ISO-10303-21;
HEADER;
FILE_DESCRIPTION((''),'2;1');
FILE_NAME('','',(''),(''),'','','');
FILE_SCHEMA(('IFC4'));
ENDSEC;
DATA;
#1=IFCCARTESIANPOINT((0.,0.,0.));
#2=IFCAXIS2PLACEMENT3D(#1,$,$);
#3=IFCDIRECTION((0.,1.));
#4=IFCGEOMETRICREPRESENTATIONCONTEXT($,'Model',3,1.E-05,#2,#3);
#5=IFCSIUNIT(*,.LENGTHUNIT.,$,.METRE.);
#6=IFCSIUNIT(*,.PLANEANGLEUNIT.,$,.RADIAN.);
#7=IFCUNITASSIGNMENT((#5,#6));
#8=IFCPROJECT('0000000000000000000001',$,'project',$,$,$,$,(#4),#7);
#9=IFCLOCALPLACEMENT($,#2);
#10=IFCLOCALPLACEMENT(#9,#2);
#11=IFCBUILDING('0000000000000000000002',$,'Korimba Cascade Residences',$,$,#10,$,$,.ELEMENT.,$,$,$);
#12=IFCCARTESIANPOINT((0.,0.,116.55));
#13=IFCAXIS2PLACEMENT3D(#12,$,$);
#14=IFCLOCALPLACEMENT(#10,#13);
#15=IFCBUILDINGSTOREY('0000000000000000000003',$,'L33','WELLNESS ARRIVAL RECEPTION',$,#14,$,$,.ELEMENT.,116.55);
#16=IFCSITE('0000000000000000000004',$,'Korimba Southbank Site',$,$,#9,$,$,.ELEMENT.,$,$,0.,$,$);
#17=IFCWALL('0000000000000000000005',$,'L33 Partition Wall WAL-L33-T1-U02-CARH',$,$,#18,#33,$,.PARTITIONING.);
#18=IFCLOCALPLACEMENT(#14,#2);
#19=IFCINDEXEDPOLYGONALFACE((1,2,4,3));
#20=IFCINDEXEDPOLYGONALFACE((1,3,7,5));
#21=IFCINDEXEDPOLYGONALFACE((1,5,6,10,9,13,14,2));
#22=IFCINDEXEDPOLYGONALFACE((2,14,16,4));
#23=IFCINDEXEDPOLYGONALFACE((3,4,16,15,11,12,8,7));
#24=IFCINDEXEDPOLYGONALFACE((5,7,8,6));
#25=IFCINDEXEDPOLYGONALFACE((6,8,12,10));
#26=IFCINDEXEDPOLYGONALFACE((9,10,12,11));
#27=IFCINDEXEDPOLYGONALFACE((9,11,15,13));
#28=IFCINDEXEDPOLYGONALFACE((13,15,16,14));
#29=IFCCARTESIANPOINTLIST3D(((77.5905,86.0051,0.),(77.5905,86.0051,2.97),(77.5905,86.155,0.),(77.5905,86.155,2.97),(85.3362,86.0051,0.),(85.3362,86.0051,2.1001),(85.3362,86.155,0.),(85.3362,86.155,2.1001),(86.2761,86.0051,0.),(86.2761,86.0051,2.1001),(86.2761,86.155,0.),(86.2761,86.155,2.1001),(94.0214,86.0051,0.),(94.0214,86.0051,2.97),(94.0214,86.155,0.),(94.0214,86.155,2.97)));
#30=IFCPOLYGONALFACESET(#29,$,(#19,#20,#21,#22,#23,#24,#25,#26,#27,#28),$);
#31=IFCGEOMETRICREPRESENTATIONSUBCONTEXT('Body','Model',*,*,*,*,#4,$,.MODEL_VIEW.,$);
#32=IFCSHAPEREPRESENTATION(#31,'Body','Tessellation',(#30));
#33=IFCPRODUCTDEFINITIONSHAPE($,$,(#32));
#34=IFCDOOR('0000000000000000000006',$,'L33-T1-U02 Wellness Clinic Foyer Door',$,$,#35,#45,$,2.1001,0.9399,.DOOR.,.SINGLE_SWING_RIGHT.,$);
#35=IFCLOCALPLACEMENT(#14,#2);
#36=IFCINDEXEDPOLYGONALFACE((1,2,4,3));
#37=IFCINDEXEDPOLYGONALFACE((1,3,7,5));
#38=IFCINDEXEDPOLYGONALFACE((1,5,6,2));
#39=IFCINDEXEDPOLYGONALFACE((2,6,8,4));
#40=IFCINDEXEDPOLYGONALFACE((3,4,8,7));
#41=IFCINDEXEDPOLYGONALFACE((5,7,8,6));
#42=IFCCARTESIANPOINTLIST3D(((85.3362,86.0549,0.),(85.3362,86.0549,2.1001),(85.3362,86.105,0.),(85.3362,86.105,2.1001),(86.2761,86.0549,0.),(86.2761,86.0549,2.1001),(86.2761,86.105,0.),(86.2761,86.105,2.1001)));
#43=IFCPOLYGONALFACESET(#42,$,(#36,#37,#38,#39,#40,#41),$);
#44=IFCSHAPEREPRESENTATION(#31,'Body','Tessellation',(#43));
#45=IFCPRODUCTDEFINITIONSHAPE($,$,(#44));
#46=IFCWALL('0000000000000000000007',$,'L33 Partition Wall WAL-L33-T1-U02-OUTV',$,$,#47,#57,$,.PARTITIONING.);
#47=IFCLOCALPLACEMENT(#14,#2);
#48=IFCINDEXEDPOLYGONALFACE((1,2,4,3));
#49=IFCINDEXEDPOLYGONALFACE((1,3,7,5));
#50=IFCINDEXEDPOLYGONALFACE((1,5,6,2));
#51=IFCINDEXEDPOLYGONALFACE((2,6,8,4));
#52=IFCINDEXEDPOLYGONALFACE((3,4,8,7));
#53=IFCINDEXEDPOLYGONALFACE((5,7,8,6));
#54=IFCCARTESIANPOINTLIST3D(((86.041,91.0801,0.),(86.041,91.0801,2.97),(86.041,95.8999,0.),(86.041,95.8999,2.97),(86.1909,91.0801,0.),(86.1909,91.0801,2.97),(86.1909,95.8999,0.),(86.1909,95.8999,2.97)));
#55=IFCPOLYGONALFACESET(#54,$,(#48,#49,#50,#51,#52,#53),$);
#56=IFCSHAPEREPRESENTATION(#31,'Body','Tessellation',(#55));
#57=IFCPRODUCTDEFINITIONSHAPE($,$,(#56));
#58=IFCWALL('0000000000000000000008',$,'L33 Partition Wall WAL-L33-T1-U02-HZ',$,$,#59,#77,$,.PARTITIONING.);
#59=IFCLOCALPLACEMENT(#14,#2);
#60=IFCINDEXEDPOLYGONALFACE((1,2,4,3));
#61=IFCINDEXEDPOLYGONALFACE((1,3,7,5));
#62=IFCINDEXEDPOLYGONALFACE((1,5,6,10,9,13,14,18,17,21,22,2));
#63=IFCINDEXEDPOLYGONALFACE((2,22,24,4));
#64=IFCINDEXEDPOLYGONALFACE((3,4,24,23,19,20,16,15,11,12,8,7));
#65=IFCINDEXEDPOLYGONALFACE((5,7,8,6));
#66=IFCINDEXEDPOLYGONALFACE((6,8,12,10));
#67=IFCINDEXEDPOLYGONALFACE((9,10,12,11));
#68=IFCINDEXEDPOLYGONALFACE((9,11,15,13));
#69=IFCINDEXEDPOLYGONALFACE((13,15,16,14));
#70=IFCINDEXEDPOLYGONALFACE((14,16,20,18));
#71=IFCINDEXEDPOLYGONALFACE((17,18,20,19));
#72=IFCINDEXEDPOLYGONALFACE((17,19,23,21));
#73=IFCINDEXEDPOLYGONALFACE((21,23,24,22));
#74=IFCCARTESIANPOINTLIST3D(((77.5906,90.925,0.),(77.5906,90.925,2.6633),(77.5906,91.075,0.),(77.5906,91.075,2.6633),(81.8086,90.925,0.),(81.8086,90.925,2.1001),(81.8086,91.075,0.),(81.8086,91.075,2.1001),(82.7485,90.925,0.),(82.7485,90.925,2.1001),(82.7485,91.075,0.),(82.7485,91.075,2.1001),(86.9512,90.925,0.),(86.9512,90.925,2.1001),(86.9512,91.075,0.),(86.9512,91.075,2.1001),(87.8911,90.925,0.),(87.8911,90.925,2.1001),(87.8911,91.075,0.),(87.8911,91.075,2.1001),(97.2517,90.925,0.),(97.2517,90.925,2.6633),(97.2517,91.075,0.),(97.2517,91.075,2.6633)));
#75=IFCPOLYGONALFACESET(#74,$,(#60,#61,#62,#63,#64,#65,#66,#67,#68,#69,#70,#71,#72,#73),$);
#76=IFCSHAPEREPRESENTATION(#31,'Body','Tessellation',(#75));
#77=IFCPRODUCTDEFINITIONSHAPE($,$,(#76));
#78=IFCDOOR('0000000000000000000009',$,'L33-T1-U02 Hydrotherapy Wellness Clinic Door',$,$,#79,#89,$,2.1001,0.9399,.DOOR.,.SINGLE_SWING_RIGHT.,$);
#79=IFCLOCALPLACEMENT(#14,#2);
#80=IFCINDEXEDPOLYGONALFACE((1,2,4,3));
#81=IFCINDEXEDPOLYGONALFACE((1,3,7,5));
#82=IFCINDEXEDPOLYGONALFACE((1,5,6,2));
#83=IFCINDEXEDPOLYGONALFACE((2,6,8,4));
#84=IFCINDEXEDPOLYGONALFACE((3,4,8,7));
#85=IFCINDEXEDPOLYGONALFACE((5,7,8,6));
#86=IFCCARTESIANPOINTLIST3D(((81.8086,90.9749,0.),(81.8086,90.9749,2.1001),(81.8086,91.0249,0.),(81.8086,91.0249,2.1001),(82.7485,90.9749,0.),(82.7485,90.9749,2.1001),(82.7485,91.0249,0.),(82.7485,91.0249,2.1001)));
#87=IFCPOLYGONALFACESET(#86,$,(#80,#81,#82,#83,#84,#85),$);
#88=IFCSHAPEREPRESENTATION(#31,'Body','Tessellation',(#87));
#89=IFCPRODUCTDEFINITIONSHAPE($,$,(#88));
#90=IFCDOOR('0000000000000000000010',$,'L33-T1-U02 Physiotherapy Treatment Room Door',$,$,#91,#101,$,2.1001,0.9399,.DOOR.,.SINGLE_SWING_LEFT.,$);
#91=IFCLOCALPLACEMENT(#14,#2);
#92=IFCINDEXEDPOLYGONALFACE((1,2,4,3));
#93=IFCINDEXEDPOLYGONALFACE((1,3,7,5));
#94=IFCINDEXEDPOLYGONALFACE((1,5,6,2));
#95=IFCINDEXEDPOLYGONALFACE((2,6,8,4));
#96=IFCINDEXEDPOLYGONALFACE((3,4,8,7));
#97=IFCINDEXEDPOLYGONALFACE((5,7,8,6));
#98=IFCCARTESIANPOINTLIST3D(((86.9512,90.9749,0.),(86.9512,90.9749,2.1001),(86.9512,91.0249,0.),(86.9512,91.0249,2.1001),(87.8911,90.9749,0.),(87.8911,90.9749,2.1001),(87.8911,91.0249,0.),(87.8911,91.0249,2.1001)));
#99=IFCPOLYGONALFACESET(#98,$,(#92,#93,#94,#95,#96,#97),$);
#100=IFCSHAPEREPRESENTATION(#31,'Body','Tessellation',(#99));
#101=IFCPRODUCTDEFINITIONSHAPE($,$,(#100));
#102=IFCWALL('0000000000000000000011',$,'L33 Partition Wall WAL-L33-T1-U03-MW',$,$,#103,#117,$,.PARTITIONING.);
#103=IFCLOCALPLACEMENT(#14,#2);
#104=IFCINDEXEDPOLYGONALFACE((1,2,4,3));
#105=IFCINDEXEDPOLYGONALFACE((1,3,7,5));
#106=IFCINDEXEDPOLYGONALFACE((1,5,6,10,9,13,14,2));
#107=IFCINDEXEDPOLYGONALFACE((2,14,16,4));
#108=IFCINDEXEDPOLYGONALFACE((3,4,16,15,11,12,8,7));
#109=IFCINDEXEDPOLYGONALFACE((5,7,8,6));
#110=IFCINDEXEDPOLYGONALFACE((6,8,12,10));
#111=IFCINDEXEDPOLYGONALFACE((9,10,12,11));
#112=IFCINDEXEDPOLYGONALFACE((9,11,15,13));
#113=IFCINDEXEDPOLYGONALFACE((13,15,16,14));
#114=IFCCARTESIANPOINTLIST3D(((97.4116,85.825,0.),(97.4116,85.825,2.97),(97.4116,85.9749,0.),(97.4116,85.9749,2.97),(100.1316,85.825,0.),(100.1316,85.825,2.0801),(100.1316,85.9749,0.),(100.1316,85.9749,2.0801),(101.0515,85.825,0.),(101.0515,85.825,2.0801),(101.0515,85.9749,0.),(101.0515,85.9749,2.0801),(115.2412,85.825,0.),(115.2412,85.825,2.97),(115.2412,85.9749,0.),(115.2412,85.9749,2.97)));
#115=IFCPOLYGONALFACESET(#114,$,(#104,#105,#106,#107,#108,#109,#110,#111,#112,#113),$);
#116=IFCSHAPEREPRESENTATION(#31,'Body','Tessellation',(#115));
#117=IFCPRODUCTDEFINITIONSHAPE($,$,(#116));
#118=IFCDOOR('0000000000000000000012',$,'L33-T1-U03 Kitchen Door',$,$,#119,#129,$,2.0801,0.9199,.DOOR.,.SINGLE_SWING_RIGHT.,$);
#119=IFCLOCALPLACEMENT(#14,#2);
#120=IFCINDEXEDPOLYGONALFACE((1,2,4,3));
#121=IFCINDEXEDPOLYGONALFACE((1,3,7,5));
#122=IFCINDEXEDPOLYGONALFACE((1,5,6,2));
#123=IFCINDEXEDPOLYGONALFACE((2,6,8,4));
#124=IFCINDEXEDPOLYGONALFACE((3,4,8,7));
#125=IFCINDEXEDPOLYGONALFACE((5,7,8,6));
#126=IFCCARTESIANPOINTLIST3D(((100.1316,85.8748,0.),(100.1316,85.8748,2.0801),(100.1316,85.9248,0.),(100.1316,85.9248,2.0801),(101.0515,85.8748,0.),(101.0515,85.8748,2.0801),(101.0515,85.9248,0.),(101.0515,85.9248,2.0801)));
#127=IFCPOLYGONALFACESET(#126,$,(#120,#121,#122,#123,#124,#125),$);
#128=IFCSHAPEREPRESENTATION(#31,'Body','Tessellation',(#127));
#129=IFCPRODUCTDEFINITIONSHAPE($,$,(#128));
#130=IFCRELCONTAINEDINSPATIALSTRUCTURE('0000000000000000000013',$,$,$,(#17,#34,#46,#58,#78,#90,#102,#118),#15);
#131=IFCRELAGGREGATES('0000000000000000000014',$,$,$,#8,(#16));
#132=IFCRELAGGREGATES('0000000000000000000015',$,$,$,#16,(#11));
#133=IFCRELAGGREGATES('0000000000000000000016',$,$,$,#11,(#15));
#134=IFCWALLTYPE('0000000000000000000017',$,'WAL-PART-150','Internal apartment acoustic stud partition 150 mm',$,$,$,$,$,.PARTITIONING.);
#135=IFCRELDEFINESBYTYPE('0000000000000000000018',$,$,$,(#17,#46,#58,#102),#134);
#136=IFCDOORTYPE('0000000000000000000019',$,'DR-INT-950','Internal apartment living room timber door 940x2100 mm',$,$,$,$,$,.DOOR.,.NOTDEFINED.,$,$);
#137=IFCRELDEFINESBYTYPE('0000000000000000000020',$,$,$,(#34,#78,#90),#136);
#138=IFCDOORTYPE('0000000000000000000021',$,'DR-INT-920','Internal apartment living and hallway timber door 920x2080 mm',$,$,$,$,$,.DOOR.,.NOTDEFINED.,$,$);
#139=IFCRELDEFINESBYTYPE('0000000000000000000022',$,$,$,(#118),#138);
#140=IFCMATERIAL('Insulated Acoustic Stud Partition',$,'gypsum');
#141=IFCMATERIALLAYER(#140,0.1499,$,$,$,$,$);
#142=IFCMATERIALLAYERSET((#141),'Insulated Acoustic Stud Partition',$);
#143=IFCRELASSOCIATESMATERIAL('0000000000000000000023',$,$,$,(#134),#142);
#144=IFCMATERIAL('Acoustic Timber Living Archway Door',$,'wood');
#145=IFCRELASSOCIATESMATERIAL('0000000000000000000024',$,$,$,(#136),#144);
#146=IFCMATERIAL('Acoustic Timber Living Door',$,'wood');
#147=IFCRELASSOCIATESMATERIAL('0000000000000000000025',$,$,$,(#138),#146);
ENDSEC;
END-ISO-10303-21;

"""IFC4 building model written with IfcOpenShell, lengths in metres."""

from ifc_helpers import new_model, si_unit, direction, frame, frame_2d, origin, place, context, subcontext, project, spatial, rectangle, extrude, material, layer, layer_set, type_object, element, fill, save


model = new_model("IFC4")

# Units and contexts
model_context = context("Model", 3, precision=1e-05, world=origin(), true_north=direction((0.0, 1.0)))
body_context = subcontext(model_context, "Body", "Model", "MODEL_VIEW")
ifc_project = project(units=[si_unit("LENGTHUNIT", "METRE"), si_unit("PLANEANGLEUNIT", "RADIAN")], contexts=[model_context])

# Site, building, storey
site_placement = place(None, origin())
site = spatial("IfcSite", under=ifc_project, at=site_placement, Name="Korimba Southbank Site", CompositionType="ELEMENT", RefElevation=0.0)
building_placement = place(site_placement, origin())
building = spatial("IfcBuilding", under=site, at=building_placement, Name="Korimba Cascade Residences", CompositionType="ELEMENT")
storey_placement = place(building_placement, frame((0.0, 0.0, 116.55)))
storey = spatial("IfcBuildingStorey", under=building, at=storey_placement, Name="L33", Description="WELLNESS ARRIVAL RECEPTION", CompositionType="ELEMENT", Elevation=116.55)

# Wall, opening, door
ifc_material_1 = material(Name="Insulated Acoustic Stud Partition", Category="gypsum")
ifc_layer = layer(ifc_material_1, 0.1499)
ifc_layer_set = layer_set([ifc_layer], Name="Insulated Acoustic Stud Partition")
wall_type = type_object("IfcWallType", Name="WAL-PART-150", Description="Internal apartment acoustic stud partition 150 mm", PredefinedType="PARTITIONING", material=ifc_layer_set)
wall_1_placement = place(storey_placement, frame((77.5906, 86.0801, 0.0), z_axis=(0.0, 0.0, 1.0), x_axis=(1.0, 0.0, 0.0)))
wall_1 = element("IfcWall", 1, at=wall_1_placement, inside=storey, type_object=wall_type, Name="L33 Partition Wall WAL-L33-T1-U02-CARH", PredefinedType="PARTITIONING", context=body_context, shape_type="SweptSolid", body=[
    extrude(rectangle(XDim=16.4309, YDim=0.1499, at=frame_2d((8.2153, 0.0))), origin(), (0.0, 0.0, 1.0), 2.97),
])
opening_1_placement = place(wall_1_placement, frame((7.7456, 0.0, 0.0)))
opening_1 = element("IfcOpeningElement", 2, at=opening_1_placement, cuts=wall_1, PredefinedType="OPENING", context=body_context, shape_type="SweptSolid", body=[
    extrude(rectangle(XDim=0.9399, YDim=2.1001, at=frame_2d((0.47, 1.05))), frame((0.0, 0.085, 0.0), z_axis=(0.0, -1.0, 0.0), x_axis=(1.0, 0.0, 0.0)), (0.0, 0.0, 1.0), 0.1699),
])
ifc_material_2 = material(Name="Acoustic Timber Living Archway Door", Category="wood")
door_type_1 = type_object("IfcDoorType", Name="DR-INT-950", Description="Internal apartment living room timber door 940x2100 mm", OperationType="NOTDEFINED", PredefinedType="DOOR", material=ifc_material_2)
door_1_placement = place(opening_1_placement, origin())
door_1 = element("IfcDoor", 3, at=door_1_placement, inside=storey, type_object=door_type_1, Name="L33-T1-U02 Wellness Clinic Foyer Door", OperationType="SINGLE_SWING_RIGHT", OverallHeight=2.1001, OverallWidth=0.9399, PredefinedType="DOOR", context=body_context, shape_type="SweptSolid", body=[
    extrude(rectangle(XDim=0.9399, YDim=2.1001, at=frame_2d((0.47, 1.05))), frame((0.0, 0.0249, 0.0), z_axis=(0.0, -1.0, 0.0), x_axis=(1.0, 0.0, 0.0)), (0.0, 0.0, 1.0), 0.05),
])
fill(opening_1, door_1)

# Wall
wall_2_placement = place(storey_placement, frame((86.116, 91.0801, 0.0), z_axis=(0.0, 0.0, 1.0), x_axis=(0.0, 1.0, 0.0)))
element("IfcWall", 4, at=wall_2_placement, inside=storey, type_object=wall_type, Name="L33 Partition Wall WAL-L33-T1-U02-OUTV", PredefinedType="PARTITIONING", context=body_context, shape_type="SweptSolid", body=[
    extrude(rectangle(XDim=4.8198, YDim=0.1499, at=frame_2d((2.4099, 0.0))), origin(), (0.0, 0.0, 1.0), 2.97),
])

# Wall, openings, doors
wall_3_placement = place(storey_placement, frame((77.5906, 91.0, 0.0), z_axis=(0.0, 0.0, 1.0), x_axis=(1.0, 0.0, 0.0)))
wall_3 = element("IfcWall", 5, at=wall_3_placement, inside=storey, type_object=wall_type, Name="L33 Partition Wall WAL-L33-T1-U02-HZ", PredefinedType="PARTITIONING", context=body_context, shape_type="SweptSolid", body=[
    extrude(rectangle(XDim=19.6611, YDim=0.1499, at=frame_2d((9.8306, 0.0))), origin(), (0.0, 0.0, 1.0), 2.6633),
])
opening_2_placement = place(wall_3_placement, frame((4.218, 0.0, 0.0)))
opening_2 = element("IfcOpeningElement", 6, at=opening_2_placement, cuts=wall_3, PredefinedType="OPENING", context=body_context, shape_type="SweptSolid", body=[
    extrude(rectangle(XDim=0.9399, YDim=2.1001, at=frame_2d((0.47, 1.05))), frame((0.0, 0.085, 0.0), z_axis=(0.0, -1.0, 0.0), x_axis=(1.0, 0.0, 0.0)), (0.0, 0.0, 1.0), 0.1699),
])
opening_3_placement = place(wall_3_placement, frame((9.3606, 0.0, 0.0)))
opening_3 = element("IfcOpeningElement", 7, at=opening_3_placement, cuts=wall_3, PredefinedType="OPENING", context=body_context, shape_type="SweptSolid", body=[
    extrude(rectangle(XDim=0.9399, YDim=2.1001, at=frame_2d((0.47, 1.05))), frame((0.0, 0.085, 0.0), z_axis=(0.0, -1.0, 0.0), x_axis=(1.0, 0.0, 0.0)), (0.0, 0.0, 1.0), 0.1699),
])
door_2_placement = place(opening_2_placement, origin())
door_2 = element("IfcDoor", 8, at=door_2_placement, inside=storey, type_object=door_type_1, Name="L33-T1-U02 Hydrotherapy Wellness Clinic Door", OperationType="SINGLE_SWING_RIGHT", OverallHeight=2.1001, OverallWidth=0.9399, PredefinedType="DOOR", context=body_context, shape_type="SweptSolid", body=[
    extrude(rectangle(XDim=0.9399, YDim=2.1001, at=frame_2d((0.47, 1.05))), frame((0.0, 0.0249, 0.0), z_axis=(0.0, -1.0, 0.0), x_axis=(1.0, 0.0, 0.0)), (0.0, 0.0, 1.0), 0.05),
])
fill(opening_2, door_2)
door_3_placement = place(opening_3_placement, origin())
door_3 = element("IfcDoor", 9, at=door_3_placement, inside=storey, type_object=door_type_1, Name="L33-T1-U02 Physiotherapy Treatment Room Door", OperationType="SINGLE_SWING_LEFT", OverallHeight=2.1001, OverallWidth=0.9399, PredefinedType="DOOR", context=body_context, shape_type="SweptSolid", body=[
    extrude(rectangle(XDim=0.9399, YDim=2.1001, at=frame_2d((0.47, 1.05))), frame((0.0, 0.0249, 0.0), z_axis=(0.0, -1.0, 0.0), x_axis=(1.0, 0.0, 0.0)), (0.0, 0.0, 1.0), 0.05),
])
fill(opening_3, door_3)

# Wall, opening, door
wall_4_placement = place(storey_placement, frame((97.4116, 85.8999, 0.0), z_axis=(0.0, 0.0, 1.0), x_axis=(1.0, 0.0, 0.0)))
wall_4 = element("IfcWall", 10, at=wall_4_placement, inside=storey, type_object=wall_type, Name="L33 Partition Wall WAL-L33-T1-U03-MW", PredefinedType="PARTITIONING", context=body_context, shape_type="SweptSolid", body=[
    extrude(rectangle(XDim=17.8296, YDim=0.1499, at=frame_2d((8.9148, 0.0))), origin(), (0.0, 0.0, 1.0), 2.97),
])
opening_4_placement = place(wall_4_placement, frame((2.72, 0.0, 0.0)))
opening_4 = element("IfcOpeningElement", 11, at=opening_4_placement, cuts=wall_4, PredefinedType="OPENING", context=body_context, shape_type="SweptSolid", body=[
    extrude(rectangle(XDim=0.9199, YDim=2.0801, at=frame_2d((0.46, 1.04))), frame((0.0, 0.085, 0.0), z_axis=(0.0, -1.0, 0.0), x_axis=(1.0, 0.0, 0.0)), (0.0, 0.0, 1.0), 0.1699),
])
ifc_material_3 = material(Name="Acoustic Timber Living Door", Category="wood")
door_type_2 = type_object("IfcDoorType", Name="DR-INT-920", Description="Internal apartment living and hallway timber door 920x2080 mm", OperationType="NOTDEFINED", PredefinedType="DOOR", material=ifc_material_3)
door_4_placement = place(opening_4_placement, origin())
door_4 = element("IfcDoor", 12, at=door_4_placement, inside=storey, type_object=door_type_2, Name="L33-T1-U03 Kitchen Door", OperationType="SINGLE_SWING_RIGHT", OverallHeight=2.0801, OverallWidth=0.9199, PredefinedType="DOOR", context=body_context, shape_type="SweptSolid", body=[
    extrude(rectangle(XDim=0.9199, YDim=2.0801, at=frame_2d((0.46, 1.04))), frame((0.0, 0.0249, 0.0), z_axis=(0.0, -1.0, 0.0), x_axis=(1.0, 0.0, 0.0)), (0.0, 0.0, 1.0), 0.05),
])
fill(opening_4, door_4)

save(model, "model.ifc")
